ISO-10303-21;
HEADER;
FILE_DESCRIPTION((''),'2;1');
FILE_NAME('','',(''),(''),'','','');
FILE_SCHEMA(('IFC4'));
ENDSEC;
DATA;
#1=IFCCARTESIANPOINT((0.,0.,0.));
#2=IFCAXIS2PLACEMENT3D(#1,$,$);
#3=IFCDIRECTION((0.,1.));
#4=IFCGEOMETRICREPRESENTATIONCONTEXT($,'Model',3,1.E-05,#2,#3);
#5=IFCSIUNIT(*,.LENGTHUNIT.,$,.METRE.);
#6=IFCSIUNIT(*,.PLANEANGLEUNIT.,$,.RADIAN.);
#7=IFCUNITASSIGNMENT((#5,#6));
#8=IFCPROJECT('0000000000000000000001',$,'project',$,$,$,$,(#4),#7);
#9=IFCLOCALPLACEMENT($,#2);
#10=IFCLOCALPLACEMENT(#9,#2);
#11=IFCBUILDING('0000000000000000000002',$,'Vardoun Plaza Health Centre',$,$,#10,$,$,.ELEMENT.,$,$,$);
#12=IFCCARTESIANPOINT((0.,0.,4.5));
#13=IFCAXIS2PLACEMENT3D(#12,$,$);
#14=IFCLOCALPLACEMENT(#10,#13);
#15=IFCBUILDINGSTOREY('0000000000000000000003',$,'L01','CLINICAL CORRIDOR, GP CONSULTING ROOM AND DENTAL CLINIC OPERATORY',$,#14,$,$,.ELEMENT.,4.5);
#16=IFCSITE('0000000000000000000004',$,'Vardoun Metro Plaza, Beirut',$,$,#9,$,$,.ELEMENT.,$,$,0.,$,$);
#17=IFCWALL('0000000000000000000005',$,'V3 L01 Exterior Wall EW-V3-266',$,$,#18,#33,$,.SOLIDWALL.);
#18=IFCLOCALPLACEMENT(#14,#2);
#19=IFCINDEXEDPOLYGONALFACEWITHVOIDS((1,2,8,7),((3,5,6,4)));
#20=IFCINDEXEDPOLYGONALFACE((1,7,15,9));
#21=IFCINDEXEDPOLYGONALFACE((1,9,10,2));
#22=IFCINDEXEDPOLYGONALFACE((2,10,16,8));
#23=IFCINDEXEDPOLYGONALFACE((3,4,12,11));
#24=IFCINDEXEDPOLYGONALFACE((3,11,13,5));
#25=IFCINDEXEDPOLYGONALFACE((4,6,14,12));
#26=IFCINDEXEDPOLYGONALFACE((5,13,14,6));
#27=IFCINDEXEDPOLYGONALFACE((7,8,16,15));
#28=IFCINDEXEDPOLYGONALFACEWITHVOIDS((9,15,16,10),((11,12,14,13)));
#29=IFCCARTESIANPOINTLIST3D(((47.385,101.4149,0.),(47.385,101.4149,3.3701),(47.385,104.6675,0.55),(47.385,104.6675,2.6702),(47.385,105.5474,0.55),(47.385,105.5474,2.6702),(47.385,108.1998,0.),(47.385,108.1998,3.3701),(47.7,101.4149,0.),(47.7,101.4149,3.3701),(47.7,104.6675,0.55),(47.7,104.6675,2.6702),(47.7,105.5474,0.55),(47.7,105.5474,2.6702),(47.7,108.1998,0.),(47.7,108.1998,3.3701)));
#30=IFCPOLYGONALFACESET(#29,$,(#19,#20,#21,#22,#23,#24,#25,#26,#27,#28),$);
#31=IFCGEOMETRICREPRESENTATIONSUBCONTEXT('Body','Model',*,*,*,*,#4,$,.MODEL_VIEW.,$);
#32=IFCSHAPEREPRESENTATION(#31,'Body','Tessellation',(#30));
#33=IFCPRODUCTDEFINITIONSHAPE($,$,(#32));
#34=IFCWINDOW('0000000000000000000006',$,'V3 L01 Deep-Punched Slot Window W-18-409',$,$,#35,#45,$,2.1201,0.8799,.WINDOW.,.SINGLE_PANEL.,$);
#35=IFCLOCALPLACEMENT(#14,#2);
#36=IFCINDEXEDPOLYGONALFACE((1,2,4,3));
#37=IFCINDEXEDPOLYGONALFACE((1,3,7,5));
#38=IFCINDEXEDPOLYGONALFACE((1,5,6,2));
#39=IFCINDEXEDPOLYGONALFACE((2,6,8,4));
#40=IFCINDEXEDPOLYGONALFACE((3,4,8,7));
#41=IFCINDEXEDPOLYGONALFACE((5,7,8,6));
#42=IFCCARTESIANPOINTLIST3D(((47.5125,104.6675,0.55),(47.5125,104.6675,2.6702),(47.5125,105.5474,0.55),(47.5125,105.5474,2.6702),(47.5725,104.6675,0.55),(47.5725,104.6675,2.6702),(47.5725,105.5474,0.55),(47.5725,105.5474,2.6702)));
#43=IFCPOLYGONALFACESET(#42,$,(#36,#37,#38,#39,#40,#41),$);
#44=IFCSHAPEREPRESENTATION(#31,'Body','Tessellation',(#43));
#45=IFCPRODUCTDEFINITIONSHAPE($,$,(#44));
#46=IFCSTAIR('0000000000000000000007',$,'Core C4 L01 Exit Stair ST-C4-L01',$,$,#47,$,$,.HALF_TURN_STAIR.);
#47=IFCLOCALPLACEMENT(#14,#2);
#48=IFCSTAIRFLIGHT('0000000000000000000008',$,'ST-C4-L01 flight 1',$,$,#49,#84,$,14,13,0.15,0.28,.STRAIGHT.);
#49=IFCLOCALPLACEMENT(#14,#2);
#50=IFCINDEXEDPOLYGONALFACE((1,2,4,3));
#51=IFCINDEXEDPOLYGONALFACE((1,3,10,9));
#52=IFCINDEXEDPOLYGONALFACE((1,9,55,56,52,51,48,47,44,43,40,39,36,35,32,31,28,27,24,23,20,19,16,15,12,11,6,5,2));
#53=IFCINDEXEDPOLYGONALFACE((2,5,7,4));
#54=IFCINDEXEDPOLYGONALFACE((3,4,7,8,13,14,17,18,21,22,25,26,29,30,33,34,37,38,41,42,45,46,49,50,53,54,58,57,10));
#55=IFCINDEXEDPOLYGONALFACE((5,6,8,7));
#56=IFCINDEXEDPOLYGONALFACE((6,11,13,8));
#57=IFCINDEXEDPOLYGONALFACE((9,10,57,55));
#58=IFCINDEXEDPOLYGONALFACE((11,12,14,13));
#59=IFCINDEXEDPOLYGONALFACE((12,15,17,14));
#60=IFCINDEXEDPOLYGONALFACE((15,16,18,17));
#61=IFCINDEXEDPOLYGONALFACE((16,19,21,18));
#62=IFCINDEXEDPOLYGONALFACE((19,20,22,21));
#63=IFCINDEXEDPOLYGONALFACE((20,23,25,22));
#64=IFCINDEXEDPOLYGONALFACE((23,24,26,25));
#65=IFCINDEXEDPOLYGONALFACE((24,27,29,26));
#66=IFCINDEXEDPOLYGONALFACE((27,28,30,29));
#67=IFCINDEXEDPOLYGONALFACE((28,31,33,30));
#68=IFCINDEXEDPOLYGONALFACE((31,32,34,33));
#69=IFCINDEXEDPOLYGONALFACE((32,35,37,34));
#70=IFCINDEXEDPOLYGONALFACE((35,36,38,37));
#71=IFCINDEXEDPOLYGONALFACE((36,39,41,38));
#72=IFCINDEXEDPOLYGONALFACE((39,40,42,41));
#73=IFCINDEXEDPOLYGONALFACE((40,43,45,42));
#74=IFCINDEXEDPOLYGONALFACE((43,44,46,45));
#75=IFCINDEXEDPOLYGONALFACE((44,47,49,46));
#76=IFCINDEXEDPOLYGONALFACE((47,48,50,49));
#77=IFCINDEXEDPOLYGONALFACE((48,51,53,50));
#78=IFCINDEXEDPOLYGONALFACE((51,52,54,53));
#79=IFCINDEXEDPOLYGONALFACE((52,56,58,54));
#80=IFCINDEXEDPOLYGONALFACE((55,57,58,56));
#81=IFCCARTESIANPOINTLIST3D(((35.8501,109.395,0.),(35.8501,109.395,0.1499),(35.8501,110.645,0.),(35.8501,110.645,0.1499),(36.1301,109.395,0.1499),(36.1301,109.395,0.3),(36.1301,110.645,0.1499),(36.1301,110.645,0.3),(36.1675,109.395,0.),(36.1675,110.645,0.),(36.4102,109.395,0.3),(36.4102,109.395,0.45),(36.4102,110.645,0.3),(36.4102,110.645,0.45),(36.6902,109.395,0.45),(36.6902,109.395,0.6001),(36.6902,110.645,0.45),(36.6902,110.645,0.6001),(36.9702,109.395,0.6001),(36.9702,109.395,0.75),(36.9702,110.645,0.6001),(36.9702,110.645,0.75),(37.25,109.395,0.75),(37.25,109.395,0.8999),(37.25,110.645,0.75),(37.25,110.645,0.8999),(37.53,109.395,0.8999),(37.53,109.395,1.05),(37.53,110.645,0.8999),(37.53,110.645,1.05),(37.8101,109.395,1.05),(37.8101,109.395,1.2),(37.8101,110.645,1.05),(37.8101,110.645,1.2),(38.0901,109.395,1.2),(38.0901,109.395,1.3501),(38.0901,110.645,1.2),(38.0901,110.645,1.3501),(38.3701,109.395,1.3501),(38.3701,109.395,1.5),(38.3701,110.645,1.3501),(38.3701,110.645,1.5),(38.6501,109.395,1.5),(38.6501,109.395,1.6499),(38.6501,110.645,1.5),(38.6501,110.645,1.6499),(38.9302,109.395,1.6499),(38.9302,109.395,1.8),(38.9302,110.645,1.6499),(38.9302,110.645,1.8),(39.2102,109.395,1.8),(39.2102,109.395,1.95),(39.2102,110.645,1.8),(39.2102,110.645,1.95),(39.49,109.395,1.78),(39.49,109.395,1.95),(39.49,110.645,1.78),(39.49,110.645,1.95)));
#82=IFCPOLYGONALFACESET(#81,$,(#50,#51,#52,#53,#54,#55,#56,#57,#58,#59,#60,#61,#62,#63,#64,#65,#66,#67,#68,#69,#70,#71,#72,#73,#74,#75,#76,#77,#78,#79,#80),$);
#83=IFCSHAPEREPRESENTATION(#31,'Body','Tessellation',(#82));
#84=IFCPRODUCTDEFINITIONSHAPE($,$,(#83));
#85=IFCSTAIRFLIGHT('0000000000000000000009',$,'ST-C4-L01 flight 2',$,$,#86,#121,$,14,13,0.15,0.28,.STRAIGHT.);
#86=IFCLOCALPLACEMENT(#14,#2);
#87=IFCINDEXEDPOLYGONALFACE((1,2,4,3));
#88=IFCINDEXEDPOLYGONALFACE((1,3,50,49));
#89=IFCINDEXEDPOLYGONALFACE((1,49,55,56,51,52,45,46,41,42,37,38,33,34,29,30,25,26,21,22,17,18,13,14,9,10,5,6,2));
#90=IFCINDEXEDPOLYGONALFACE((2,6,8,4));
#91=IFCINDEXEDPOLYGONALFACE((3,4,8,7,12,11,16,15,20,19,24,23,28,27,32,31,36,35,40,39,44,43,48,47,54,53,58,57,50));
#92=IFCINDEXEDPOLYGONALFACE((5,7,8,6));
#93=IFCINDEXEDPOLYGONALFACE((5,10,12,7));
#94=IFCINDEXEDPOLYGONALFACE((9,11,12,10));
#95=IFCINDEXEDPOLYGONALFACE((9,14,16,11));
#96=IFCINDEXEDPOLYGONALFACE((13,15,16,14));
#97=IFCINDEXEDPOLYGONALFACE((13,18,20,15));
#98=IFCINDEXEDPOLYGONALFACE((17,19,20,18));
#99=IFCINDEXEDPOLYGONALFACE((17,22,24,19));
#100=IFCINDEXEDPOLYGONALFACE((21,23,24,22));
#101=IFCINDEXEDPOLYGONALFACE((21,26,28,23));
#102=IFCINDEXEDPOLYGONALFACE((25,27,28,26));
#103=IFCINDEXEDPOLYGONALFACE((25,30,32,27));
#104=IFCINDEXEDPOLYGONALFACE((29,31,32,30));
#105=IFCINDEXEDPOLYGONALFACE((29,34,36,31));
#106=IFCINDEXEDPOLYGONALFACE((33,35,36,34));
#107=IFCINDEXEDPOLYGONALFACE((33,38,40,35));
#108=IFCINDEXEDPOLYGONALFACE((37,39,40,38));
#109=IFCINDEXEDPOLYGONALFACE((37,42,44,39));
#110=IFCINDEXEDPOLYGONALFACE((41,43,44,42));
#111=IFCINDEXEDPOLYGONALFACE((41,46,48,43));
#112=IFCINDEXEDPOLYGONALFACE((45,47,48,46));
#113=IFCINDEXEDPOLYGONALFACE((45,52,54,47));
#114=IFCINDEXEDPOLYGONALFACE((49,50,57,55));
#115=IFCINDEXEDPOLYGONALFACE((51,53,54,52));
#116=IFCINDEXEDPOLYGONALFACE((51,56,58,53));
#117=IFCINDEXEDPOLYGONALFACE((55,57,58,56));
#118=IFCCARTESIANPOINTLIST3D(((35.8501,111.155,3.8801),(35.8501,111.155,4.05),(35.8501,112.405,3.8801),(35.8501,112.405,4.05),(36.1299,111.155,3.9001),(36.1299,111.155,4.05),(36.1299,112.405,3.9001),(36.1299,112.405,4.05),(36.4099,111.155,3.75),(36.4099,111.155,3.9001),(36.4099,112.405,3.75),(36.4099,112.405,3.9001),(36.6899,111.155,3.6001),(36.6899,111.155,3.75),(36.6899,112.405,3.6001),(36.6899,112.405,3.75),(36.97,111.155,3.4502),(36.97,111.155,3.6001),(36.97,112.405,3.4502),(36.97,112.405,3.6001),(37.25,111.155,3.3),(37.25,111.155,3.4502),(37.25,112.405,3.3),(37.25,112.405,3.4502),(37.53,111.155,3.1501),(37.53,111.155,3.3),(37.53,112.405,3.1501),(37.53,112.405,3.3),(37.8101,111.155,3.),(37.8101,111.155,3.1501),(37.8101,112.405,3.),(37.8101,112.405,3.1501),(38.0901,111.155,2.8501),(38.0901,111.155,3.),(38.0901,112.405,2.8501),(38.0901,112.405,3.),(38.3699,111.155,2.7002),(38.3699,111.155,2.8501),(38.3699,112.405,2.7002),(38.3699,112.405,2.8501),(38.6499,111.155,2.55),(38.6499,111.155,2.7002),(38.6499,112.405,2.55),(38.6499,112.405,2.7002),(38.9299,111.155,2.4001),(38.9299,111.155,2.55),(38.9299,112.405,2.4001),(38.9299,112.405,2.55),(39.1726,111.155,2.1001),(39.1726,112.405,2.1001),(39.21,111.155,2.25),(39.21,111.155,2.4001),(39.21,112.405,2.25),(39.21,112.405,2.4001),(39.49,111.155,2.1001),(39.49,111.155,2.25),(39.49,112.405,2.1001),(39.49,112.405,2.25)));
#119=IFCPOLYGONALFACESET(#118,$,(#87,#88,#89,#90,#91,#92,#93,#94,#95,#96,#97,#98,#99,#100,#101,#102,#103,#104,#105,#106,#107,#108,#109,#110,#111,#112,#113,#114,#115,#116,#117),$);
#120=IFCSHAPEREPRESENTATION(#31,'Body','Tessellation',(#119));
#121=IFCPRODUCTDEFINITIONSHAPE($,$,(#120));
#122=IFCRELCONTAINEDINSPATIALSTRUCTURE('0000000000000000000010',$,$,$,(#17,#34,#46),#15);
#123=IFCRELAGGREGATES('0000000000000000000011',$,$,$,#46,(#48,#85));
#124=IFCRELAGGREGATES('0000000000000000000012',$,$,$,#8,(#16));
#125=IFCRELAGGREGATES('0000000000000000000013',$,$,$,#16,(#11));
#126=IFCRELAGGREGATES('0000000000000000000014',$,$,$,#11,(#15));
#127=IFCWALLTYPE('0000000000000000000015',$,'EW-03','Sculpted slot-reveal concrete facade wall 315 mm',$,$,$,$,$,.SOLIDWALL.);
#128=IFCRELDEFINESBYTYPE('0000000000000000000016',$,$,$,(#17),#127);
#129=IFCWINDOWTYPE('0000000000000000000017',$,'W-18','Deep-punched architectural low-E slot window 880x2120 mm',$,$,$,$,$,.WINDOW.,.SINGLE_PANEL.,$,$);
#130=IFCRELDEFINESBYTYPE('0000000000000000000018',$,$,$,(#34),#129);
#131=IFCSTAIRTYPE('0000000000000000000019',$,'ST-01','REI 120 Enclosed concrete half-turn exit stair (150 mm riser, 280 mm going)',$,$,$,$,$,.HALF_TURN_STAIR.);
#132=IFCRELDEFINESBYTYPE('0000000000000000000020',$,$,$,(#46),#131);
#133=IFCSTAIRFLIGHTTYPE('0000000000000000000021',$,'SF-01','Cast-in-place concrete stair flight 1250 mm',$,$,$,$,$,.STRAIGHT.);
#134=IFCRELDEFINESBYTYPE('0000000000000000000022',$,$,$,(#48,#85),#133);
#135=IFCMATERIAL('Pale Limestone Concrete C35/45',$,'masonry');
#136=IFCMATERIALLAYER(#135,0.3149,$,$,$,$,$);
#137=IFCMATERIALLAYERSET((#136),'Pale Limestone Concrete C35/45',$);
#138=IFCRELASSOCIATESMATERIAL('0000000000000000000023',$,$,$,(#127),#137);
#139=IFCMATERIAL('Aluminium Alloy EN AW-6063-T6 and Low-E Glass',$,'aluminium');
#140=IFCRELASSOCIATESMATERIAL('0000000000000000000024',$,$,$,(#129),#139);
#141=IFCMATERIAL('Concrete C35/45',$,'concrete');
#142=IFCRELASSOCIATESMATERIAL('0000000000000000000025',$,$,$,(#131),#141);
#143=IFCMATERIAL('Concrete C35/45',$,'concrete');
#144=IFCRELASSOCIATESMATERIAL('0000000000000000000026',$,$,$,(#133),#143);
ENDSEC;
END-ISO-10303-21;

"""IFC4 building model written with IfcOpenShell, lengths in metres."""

from ifc_helpers import new_model, si_unit, direction, frame, frame_2d, origin, place, context, subcontext, project, spatial, polyline, rectangle, outline, extrude, material, layer, layer_set, type_object, element, fill, aggregate, save


model = new_model("IFC4")

# Units and contexts
model_context = context("Model", 3, precision=1e-05, world=origin(), true_north=direction((0.0, 1.0)))
body_context = subcontext(model_context, "Body", "Model", "MODEL_VIEW")
ifc_project = project(units=[si_unit("LENGTHUNIT", "METRE"), si_unit("PLANEANGLEUNIT", "RADIAN")], contexts=[model_context])

# Site, building, storey
site_placement = place(None, origin())
site = spatial("IfcSite", under=ifc_project, at=site_placement, Name="Vardoun Metro Plaza, Beirut", CompositionType="ELEMENT", RefElevation=0.0)
building_placement = place(site_placement, origin())
building = spatial("IfcBuilding", under=site, at=building_placement, Name="Vardoun Plaza Health Centre", CompositionType="ELEMENT")
storey_placement = place(building_placement, frame((0.0, 0.0, 4.5)))
storey = spatial("IfcBuildingStorey", under=building, at=storey_placement, Name="L01", Description="CLINICAL CORRIDOR, GP CONSULTING ROOM AND DENTAL CLINIC OPERATORY", CompositionType="ELEMENT", Elevation=4.5)

# Shared definitions
ifc_material_1 = material(Name="Pale Limestone Concrete C35/45", Category="masonry")
ifc_layer_1 = layer(ifc_material_1, 0.3149)
ifc_layer_set_1 = layer_set([ifc_layer_1], Name="Pale Limestone Concrete C35/45")
wall_type_1 = type_object("IfcWallType", Name="EW-03", Description="Sculpted slot-reveal concrete facade wall 315 mm", PredefinedType="SOLIDWALL", material=ifc_layer_set_1)

# Wall, opening, window
wall_1_placement = place(storey_placement, frame((47.5425, 108.2, 0.0), z_axis=(0.0, 0.0, 1.0), x_axis=(0.0, -1.0, 0.0)))
wall_1 = element("IfcWall", 1, at=wall_1_placement, inside=storey, type_object=wall_type_1, Name="V3 L01 Exterior Wall EW-V3-266", PredefinedType="SOLIDWALL", context=body_context, shape_type="SweptSolid", body=[
    extrude(rectangle(XDim=6.7849, YDim=0.3149, at=frame_2d((3.3926, 0.0))), origin(), (0.0, 0.0, 1.0), 3.3701),
])
opening_1_placement = place(wall_1_placement, frame((2.6526, 0.0, 0.55)))
opening_1 = element("IfcOpeningElement", 2, at=opening_1_placement, cuts=wall_1, PredefinedType="OPENING", context=body_context, shape_type="SweptSolid", body=[
    extrude(rectangle(XDim=0.8799, YDim=2.1201, at=frame_2d((0.4399, 1.0601))), frame((0.0, 0.1575, 0.0), z_axis=(0.0, -1.0, 0.0), x_axis=(1.0, 0.0, 0.0)), (0.0, 0.0, 1.0), 0.3149),
])
ifc_material_2 = material(Name="Aluminium Alloy EN AW-6063-T6 and Low-E Glass", Category="aluminium")
window_type_1 = type_object("IfcWindowType", Name="W-18", Description="Deep-punched architectural low-E slot window 880x2120 mm", PartitioningType="SINGLE_PANEL", PredefinedType="WINDOW", material=ifc_material_2)
window_1_placement = place(opening_1_placement, origin())
window_1 = element("IfcWindow", 3, at=window_1_placement, inside=storey, type_object=window_type_1, Name="V3 L01 Deep-Punched Slot Window W-18-409", OverallHeight=2.1201, OverallWidth=0.8799, PartitioningType="SINGLE_PANEL", PredefinedType="WINDOW", context=body_context, shape_type="SweptSolid", body=[
    extrude(rectangle(XDim=0.8799, YDim=2.1201, at=frame_2d((0.4399, 1.0601))), frame((0.0, 0.03, 0.0), z_axis=(0.0, -1.0, 0.0), x_axis=(1.0, 0.0, 0.0)), (0.0, 0.0, 1.0), 0.0601),
])
fill(opening_1, window_1)

# Stair, stair flights
ifc_material_3 = material(Name="Concrete C35/45", Category="concrete")
stair_type = type_object("IfcStairType", Name="ST-01", Description="REI 120 Enclosed concrete half-turn exit stair (150 mm riser, 280 mm going)", PredefinedType="HALF_TURN_STAIR", material=ifc_material_3)
stair_placement = place(storey_placement, origin())
stair = element("IfcStair", 4, at=stair_placement, inside=storey, type_object=stair_type, Name="Core C4 L01 Exit Stair ST-C4-L01", PredefinedType="HALF_TURN_STAIR")
ifc_material_4 = material(Name="Concrete C35/45", Category="concrete")
stair_flight_type = type_object("IfcStairFlightType", Name="SF-01", Description="Cast-in-place concrete stair flight 1250 mm", PredefinedType="STRAIGHT", material=ifc_material_4)
stair_flight_1_placement = place(storey_placement, frame((35.8501, 110.02, 0.0), z_axis=(0.0, 0.0, 1.0), x_axis=(1.0, 0.0, 0.0)))
stair_flight_1 = element("IfcStairFlight", 5, at=stair_flight_1_placement, type_object=stair_flight_type, Name="ST-C4-L01 flight 1", NumberOfRisers=14, NumberOfTreads=13, PredefinedType="STRAIGHT", RiserHeight=0.15, TreadLength=0.28, context=body_context, shape_type="SweptSolid", body=[
    extrude(outline(polyline([(0.0, 0.0), (0.0, 0.1499), (0.28, 0.1499), (0.28, 0.3), (0.5601, 0.3), (0.5601, 0.45), (0.8401, 0.45), (0.8401, 0.6001), (1.1201, 0.6001), (1.1201, 0.75), (1.3999, 0.75), (1.3999, 0.8999), (1.6799, 0.8999), (1.6799, 1.05), (1.96, 1.05), (1.96, 1.2), (2.24, 1.2), (2.24, 1.3501), (2.52, 1.3501), (2.52, 1.5), (2.8, 1.5), (2.8, 1.6499), (3.0801, 1.6499), (3.0801, 1.8), (3.3601, 1.8), (3.3601, 1.95), (3.6399, 1.95), (3.6399, 2.1001), (3.6399, 1.78), (0.3174, 0.0), (0.0, 0.0)])), frame((0.0, 0.625, 0.0), z_axis=(0.0, -1.0, 0.0), x_axis=(1.0, 0.0, 0.0)), (0.0, 0.0, 1.0), 1.25),
])
stair_flight_2_placement = place(storey_placement, frame((39.49, 111.78, 2.1001), z_axis=(0.0, 0.0, 1.0), x_axis=(-1.0, 0.0, 0.0)))
stair_flight_2 = element("IfcStairFlight", 6, at=stair_flight_2_placement, type_object=stair_flight_type, Name="ST-C4-L01 flight 2", NumberOfRisers=14, NumberOfTreads=13, PredefinedType="STRAIGHT", RiserHeight=0.15, TreadLength=0.28, context=body_context, shape_type="SweptSolid", body=[
    extrude(outline(polyline([(0.0, 0.0), (0.0, 0.1499), (0.28, 0.1499), (0.28, 0.3), (0.5601, 0.3), (0.5601, 0.45), (0.8401, 0.45), (0.8401, 0.6001), (1.1201, 0.6001), (1.1201, 0.75), (1.3999, 0.75), (1.3999, 0.8999), (1.6799, 0.8999), (1.6799, 1.05), (1.96, 1.05), (1.96, 1.2), (2.24, 1.2), (2.24, 1.3501), (2.52, 1.3501), (2.52, 1.5), (2.8, 1.5), (2.8, 1.6499), (3.0801, 1.6499), (3.0801, 1.8), (3.3601, 1.8), (3.3601, 1.95), (3.6399, 1.95), (3.6399, 2.1001), (3.6399, 1.78), (0.3174, 0.0), (0.0, 0.0)])), frame((0.0, 0.625, 0.0), z_axis=(0.0, -1.0, 0.0), x_axis=(1.0, 0.0, 0.0)), (0.0, 0.0, 1.0), 1.25),
])
aggregate(stair, [stair_flight_1, stair_flight_2])

save(model, "model.ifc")
